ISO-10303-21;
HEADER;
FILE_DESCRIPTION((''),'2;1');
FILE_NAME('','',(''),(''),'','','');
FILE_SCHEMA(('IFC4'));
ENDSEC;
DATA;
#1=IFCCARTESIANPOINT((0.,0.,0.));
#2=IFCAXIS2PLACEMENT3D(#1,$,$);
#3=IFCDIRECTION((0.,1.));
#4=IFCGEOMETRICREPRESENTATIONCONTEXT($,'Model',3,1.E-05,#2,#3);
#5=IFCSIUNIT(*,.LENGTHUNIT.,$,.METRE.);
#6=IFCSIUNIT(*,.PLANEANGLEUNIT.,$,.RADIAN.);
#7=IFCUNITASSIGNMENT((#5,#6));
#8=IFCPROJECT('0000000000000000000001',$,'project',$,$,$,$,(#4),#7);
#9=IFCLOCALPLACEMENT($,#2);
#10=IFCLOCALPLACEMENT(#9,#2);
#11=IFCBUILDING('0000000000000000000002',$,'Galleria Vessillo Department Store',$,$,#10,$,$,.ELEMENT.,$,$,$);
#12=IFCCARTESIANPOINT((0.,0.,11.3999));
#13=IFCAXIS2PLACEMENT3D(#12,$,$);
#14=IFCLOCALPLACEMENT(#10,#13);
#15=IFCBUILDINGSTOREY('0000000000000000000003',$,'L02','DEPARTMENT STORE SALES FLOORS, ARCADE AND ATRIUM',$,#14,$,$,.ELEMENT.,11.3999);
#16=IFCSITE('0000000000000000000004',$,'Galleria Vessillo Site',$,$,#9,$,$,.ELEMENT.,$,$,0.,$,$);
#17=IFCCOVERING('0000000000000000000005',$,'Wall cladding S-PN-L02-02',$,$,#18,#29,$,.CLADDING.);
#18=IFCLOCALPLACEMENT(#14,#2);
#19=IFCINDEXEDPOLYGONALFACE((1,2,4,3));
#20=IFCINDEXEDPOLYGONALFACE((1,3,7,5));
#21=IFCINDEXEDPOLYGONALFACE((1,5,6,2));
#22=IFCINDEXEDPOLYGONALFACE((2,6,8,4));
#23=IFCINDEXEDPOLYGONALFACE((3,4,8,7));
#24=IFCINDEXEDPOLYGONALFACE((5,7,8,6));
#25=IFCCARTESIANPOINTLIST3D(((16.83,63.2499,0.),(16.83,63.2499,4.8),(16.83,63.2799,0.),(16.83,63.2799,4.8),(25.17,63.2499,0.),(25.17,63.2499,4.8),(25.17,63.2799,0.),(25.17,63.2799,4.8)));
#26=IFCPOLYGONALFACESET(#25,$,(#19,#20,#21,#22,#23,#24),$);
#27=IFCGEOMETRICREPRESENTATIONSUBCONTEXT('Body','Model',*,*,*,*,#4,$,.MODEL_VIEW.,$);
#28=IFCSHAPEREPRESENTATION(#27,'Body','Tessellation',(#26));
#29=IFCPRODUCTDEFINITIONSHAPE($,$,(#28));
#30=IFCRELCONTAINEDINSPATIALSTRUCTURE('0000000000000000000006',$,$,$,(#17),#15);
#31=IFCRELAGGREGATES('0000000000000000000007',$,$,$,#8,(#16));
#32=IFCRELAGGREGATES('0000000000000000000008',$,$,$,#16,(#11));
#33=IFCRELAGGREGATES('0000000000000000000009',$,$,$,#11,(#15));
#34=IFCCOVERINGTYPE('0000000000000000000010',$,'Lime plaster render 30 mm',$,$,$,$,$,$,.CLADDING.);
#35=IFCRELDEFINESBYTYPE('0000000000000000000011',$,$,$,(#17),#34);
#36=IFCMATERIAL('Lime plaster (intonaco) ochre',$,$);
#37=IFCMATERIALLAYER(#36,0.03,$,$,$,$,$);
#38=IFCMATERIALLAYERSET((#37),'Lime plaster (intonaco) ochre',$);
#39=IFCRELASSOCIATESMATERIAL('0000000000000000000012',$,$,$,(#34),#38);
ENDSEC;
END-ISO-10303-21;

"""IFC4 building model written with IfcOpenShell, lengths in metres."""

from ifc_helpers import new_model, si_unit, direction, frame, origin, origin_2d, place, context, subcontext, project, spatial, rectangle, extrude, material, layer, layer_set, type_object, element, save


model = new_model("IFC4")

# Units and contexts
model_context = context("Model", 3, precision=1e-05, world=origin(), true_north=direction((0.0, 1.0)))
body_context = subcontext(model_context, "Body", "Model", "MODEL_VIEW")
ifc_project = project(units=[si_unit("LENGTHUNIT", "METRE"), si_unit("PLANEANGLEUNIT", "RADIAN")], contexts=[model_context])

# Site, building, storey
site_placement = place(None, origin())
site = spatial("IfcSite", under=ifc_project, at=site_placement, Name="Galleria Vessillo Site", CompositionType="ELEMENT", RefElevation=0.0)
building_placement = place(site_placement, origin())
building = spatial("IfcBuilding", under=site, at=building_placement, Name="Galleria Vessillo Department Store", CompositionType="ELEMENT")
storey_placement = place(building_placement, frame((0.0, 0.0, 11.3999)))
storey = spatial("IfcBuildingStorey", under=building, at=storey_placement, Name="L02", Description="DEPARTMENT STORE SALES FLOORS, ARCADE AND ATRIUM", CompositionType="ELEMENT", Elevation=11.3999)

# Covering
ifc_material_1 = material(Name="Lime plaster (intonaco) ochre")
ifc_layer_1 = layer(ifc_material_1, 0.03)
ifc_layer_set_1 = layer_set([ifc_layer_1], Name="Lime plaster (intonaco) ochre")
covering_type = type_object("IfcCoveringType", Name="Lime plaster render 30 mm", PredefinedType="CLADDING", material=ifc_layer_set_1)
for number, where, z_axis, x_axis, name in (
    (1, (21.0, 63.2649, 0.0), (0.0, 0.0, 1.0), (1.0, 0.0, 0.0), "Wall cladding S-PN-L02-02"),
):
    element("IfcCovering", number, at=place(storey_placement, frame(where, z_axis=z_axis, x_axis=x_axis)), inside=storey, type_object=covering_type, Name=name, PredefinedType="CLADDING", context=body_context, shape_type="SweptSolid", body=[
        extrude(rectangle(XDim=8.3401, YDim=0.03, at=origin_2d()), origin(), (0.0, 0.0, 1.0), 4.8),
    ])

save(model, "model.ifc")
